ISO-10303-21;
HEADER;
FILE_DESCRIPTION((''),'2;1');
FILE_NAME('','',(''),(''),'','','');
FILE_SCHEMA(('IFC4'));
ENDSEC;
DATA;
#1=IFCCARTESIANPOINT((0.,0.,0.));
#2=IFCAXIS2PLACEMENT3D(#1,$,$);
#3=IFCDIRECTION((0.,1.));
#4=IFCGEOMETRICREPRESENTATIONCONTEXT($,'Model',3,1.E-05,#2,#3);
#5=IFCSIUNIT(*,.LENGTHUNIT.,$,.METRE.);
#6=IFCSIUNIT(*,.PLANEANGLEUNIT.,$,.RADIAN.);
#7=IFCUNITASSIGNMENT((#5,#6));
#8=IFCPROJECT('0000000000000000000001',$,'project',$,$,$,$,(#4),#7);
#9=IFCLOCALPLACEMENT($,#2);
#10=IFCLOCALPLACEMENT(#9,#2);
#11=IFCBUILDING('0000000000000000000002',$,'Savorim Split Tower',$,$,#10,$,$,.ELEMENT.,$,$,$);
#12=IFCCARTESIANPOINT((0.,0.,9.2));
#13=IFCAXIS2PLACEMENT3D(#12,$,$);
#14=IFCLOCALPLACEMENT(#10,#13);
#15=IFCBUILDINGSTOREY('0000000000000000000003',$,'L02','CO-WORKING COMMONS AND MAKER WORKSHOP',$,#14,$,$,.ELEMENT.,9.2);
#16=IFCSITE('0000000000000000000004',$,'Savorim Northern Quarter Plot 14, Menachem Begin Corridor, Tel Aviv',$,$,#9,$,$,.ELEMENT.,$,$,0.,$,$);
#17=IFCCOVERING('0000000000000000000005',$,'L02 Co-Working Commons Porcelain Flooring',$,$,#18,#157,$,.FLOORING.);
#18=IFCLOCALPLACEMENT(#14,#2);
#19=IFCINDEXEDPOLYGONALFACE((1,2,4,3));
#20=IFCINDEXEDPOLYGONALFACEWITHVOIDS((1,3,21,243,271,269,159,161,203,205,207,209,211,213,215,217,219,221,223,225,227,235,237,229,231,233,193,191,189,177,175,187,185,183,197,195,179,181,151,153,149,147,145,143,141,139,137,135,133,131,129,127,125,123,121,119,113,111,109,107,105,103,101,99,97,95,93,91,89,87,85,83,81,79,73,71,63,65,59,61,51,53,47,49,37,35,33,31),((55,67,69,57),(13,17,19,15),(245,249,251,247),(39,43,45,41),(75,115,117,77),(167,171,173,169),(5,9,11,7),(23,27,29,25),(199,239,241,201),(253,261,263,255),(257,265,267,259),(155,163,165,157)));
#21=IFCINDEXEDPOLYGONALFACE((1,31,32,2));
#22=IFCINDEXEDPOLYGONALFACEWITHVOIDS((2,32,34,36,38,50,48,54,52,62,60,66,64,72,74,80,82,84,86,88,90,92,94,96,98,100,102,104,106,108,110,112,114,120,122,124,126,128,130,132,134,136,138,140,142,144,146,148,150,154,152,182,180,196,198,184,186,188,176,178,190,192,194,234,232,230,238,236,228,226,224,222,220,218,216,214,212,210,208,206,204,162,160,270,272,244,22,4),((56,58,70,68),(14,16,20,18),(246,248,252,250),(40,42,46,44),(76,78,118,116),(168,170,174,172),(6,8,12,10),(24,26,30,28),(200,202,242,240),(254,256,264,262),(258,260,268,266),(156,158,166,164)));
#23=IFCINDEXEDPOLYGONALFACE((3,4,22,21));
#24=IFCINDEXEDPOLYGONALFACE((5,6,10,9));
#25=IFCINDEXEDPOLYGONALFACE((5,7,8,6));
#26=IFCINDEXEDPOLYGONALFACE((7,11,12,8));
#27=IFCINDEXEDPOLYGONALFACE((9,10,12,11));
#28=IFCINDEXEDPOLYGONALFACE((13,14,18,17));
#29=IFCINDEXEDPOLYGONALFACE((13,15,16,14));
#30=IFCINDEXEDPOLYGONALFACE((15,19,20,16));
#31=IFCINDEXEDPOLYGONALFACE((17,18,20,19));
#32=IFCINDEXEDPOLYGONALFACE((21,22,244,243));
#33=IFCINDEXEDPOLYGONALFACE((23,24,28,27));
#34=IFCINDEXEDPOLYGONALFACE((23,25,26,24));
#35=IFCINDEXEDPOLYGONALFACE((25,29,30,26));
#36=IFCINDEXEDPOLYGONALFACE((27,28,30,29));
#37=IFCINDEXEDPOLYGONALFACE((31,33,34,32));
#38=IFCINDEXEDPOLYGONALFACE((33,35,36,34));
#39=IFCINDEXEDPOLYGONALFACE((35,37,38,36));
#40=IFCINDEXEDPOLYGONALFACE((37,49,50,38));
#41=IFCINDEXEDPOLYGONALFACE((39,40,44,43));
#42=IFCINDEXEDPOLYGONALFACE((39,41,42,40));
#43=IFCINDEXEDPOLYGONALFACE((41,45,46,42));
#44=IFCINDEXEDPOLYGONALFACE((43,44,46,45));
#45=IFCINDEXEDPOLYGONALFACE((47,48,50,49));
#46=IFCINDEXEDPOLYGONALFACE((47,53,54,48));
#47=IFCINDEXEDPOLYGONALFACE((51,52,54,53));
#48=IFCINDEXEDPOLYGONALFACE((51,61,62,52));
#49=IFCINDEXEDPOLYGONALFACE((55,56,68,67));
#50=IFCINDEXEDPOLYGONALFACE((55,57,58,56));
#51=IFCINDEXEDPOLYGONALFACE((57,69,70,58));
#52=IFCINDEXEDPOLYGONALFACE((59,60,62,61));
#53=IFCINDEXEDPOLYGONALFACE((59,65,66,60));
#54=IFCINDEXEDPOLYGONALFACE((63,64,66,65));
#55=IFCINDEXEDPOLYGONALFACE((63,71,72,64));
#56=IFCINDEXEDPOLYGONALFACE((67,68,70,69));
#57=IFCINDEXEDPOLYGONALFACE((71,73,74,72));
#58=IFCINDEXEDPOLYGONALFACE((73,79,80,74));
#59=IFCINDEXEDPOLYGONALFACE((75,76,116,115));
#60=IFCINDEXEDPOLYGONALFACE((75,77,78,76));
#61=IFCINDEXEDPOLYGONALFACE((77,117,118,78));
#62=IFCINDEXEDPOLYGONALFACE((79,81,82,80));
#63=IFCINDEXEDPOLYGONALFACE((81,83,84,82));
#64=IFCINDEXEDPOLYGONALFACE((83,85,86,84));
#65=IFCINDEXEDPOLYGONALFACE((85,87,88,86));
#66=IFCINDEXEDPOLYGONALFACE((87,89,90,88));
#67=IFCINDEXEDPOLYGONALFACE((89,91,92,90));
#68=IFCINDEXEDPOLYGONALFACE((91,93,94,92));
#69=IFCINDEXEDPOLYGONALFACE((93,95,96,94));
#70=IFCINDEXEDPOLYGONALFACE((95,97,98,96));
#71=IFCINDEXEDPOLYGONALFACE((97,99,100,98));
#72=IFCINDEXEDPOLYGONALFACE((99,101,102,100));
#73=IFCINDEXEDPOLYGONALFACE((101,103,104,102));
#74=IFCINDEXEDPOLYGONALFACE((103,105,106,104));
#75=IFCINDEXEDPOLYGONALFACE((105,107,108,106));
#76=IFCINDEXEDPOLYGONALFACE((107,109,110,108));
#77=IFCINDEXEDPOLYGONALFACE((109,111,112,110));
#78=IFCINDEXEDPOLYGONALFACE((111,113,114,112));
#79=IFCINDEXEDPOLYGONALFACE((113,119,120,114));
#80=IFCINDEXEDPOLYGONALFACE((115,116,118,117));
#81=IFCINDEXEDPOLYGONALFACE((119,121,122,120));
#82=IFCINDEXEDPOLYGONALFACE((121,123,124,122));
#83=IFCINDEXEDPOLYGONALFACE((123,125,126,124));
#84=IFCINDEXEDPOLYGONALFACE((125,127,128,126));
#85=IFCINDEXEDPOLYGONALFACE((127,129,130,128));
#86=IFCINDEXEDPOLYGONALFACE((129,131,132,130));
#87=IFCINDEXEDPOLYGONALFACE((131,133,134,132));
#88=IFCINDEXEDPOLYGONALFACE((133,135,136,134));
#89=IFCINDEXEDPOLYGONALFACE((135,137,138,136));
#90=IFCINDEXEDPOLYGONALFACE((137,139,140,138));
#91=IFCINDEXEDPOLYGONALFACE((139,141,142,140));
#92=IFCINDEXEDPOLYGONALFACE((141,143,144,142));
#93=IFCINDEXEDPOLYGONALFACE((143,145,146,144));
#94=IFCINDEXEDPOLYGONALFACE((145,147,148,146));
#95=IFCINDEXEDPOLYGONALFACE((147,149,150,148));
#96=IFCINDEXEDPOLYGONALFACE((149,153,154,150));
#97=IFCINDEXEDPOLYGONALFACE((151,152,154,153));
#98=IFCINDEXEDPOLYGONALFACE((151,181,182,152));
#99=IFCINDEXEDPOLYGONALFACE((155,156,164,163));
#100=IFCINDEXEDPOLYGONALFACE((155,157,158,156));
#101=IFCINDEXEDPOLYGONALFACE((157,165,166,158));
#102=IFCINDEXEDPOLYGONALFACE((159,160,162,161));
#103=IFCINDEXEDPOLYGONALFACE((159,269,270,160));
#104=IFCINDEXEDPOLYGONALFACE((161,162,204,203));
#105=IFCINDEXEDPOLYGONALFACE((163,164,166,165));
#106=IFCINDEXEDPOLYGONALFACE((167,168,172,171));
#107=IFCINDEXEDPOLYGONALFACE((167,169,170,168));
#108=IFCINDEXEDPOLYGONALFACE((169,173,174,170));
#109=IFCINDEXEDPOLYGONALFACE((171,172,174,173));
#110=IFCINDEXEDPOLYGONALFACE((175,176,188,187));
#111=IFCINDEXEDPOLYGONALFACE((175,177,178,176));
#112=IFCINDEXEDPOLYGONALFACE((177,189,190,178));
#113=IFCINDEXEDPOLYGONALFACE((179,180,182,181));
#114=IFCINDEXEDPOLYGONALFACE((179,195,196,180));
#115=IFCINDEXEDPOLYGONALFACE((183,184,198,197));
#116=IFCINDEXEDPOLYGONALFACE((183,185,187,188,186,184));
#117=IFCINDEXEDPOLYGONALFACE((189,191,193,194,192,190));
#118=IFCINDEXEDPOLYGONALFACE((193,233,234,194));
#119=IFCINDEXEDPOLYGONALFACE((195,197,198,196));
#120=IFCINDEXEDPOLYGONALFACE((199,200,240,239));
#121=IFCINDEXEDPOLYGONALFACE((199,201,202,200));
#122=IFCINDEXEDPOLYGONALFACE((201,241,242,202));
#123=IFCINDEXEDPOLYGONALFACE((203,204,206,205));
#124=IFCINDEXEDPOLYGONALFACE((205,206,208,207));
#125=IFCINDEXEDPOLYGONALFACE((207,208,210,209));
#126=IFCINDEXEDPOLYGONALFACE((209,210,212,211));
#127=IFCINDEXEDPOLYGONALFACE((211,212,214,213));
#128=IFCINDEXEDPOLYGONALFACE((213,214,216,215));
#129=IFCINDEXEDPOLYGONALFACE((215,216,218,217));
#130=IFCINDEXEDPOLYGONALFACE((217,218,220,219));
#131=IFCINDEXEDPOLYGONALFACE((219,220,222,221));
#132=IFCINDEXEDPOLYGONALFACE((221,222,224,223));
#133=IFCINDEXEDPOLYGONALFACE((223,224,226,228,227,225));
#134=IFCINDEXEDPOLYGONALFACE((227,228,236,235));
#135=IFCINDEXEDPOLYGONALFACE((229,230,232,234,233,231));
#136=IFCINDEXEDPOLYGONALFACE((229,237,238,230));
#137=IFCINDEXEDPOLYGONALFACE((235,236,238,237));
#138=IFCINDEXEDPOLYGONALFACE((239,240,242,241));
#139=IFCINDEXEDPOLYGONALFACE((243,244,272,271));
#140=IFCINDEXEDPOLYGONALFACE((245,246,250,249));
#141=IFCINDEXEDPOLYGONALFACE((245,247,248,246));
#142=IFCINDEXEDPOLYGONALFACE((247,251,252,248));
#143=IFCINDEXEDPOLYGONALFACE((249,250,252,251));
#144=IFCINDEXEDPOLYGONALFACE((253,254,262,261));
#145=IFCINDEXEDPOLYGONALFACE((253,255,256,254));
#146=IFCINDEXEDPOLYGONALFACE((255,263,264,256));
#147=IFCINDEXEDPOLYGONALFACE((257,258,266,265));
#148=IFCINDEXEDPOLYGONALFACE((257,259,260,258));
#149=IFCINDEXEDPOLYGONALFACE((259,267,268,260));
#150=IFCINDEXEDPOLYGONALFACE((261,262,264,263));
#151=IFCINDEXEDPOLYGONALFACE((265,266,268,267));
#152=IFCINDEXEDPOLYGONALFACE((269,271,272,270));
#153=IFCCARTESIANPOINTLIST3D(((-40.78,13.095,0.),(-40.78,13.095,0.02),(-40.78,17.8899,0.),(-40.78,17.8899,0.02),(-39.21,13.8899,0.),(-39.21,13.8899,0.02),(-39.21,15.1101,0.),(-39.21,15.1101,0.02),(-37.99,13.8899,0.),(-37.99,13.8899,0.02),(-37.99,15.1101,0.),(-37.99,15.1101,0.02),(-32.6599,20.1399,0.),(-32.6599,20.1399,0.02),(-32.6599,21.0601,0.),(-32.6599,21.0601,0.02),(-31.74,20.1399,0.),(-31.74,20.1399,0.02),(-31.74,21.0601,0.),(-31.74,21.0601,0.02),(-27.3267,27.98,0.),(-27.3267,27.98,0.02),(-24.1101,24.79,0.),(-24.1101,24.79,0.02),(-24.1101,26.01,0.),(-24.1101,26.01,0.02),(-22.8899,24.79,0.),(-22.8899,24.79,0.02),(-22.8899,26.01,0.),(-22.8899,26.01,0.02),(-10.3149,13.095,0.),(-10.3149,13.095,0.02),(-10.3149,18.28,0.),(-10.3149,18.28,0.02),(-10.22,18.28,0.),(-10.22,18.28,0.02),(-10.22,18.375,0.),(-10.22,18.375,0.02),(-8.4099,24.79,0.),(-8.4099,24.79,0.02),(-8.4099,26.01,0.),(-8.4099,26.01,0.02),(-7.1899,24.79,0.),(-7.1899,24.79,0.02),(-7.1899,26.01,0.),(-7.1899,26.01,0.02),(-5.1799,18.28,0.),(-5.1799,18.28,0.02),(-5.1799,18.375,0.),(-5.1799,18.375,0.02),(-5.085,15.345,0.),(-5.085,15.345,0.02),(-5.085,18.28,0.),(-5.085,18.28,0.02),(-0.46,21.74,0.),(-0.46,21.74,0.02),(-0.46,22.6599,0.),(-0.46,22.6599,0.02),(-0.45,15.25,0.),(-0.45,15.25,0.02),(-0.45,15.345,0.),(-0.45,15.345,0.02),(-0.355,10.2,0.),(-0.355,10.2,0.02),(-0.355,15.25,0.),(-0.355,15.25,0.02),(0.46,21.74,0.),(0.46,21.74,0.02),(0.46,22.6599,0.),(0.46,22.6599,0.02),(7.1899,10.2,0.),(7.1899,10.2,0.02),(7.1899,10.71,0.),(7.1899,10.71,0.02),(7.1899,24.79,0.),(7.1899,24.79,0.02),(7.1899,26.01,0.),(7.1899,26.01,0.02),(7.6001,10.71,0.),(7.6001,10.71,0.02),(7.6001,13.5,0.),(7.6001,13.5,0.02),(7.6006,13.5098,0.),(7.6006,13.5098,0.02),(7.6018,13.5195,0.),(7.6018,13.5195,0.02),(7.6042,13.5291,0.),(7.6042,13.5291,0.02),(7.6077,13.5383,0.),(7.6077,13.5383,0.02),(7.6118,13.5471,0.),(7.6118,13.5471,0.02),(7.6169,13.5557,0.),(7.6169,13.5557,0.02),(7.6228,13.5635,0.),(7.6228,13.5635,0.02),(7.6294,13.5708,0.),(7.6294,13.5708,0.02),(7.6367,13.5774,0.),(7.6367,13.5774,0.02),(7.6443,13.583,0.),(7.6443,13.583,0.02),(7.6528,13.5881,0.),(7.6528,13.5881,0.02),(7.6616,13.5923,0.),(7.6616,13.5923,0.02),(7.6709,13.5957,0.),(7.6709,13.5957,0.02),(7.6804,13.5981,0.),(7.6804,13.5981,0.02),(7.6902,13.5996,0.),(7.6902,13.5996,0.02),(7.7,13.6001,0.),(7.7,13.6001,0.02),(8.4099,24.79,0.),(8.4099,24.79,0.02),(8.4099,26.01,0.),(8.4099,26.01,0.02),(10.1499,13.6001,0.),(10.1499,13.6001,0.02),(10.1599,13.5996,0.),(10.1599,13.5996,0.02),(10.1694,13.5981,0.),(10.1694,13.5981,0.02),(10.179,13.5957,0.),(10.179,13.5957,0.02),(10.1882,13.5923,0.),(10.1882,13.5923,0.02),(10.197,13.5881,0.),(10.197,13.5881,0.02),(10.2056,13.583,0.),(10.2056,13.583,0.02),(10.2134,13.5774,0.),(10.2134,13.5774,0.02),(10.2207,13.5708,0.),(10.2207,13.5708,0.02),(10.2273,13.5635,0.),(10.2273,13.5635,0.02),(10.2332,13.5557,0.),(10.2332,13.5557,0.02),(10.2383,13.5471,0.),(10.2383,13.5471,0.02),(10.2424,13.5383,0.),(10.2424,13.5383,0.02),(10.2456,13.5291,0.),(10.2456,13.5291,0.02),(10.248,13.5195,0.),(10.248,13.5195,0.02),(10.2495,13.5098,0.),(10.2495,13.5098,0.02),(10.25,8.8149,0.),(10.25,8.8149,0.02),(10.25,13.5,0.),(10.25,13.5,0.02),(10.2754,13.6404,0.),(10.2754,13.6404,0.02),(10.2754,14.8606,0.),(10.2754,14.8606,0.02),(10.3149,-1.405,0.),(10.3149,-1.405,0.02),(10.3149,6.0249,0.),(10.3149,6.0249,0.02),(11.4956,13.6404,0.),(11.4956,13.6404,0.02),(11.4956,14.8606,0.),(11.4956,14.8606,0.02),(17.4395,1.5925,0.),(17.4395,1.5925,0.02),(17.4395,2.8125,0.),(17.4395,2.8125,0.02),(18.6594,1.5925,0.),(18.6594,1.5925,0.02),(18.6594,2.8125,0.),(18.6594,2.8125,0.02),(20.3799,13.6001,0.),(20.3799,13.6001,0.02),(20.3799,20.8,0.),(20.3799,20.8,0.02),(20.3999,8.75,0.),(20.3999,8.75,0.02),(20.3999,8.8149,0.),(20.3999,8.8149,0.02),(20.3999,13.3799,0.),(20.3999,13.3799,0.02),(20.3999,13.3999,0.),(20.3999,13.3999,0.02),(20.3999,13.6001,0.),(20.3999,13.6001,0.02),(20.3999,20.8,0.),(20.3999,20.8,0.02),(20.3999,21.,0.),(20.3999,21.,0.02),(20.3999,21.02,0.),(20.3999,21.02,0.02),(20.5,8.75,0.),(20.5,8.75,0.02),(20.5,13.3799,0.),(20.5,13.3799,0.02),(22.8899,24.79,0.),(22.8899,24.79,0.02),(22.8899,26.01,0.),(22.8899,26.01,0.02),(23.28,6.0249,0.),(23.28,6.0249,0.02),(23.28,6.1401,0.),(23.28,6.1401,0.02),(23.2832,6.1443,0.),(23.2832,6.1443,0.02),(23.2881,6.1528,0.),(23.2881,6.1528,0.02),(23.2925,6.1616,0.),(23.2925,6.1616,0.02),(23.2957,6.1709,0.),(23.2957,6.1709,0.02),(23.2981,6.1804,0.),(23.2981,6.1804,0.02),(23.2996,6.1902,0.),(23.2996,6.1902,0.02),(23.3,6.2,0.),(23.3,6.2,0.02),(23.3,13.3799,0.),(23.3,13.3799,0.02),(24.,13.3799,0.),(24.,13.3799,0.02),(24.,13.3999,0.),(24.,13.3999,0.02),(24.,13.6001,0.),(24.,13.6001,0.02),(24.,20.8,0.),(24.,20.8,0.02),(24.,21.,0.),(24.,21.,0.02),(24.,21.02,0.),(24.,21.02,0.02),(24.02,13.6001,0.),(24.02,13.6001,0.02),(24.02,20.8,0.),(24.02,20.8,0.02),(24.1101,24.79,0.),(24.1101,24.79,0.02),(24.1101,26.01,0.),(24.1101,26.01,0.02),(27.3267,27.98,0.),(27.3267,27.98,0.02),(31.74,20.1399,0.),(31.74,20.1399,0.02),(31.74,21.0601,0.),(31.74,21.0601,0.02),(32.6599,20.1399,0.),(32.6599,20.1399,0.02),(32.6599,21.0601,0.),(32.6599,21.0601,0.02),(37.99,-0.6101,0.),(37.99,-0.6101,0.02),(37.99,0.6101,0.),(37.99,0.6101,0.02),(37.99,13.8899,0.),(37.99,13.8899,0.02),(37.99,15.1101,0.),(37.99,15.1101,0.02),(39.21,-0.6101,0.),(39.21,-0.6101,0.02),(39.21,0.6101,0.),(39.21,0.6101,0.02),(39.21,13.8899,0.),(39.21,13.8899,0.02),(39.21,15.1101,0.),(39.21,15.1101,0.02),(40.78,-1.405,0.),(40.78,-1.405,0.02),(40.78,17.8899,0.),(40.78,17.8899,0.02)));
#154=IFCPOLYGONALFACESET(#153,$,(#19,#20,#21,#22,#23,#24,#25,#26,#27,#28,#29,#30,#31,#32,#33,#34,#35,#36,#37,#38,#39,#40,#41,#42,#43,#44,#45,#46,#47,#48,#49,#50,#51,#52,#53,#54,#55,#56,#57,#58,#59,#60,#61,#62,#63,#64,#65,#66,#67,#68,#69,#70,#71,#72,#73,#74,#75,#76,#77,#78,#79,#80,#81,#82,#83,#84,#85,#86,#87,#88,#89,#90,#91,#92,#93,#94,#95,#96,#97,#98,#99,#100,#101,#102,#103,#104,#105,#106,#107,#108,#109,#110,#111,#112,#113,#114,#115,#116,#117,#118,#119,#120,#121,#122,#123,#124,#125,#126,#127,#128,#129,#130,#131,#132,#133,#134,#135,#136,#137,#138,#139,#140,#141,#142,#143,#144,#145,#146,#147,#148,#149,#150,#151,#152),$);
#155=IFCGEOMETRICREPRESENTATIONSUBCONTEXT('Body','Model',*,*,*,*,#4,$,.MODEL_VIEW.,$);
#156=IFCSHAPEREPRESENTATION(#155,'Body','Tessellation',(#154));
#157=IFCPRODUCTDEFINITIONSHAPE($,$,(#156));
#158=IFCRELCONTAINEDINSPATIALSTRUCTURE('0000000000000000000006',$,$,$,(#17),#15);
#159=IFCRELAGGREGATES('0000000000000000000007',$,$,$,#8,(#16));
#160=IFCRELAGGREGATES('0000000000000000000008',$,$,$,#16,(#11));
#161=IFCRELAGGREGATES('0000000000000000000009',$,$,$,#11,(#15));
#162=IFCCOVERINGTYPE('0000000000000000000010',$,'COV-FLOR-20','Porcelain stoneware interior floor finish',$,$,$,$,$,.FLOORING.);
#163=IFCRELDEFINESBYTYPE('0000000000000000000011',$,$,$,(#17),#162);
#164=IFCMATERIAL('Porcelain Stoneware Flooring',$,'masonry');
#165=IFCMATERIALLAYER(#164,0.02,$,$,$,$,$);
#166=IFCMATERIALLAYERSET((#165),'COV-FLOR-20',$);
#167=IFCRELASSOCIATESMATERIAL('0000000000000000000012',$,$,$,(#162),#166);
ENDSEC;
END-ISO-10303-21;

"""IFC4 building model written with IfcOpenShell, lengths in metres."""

from ifc_helpers import new_model, si_unit, direction, frame, origin, place, context, subcontext, project, spatial, polyline, outline, extrude, material, layer, layer_set, type_object, element, save


model = new_model("IFC4")

# Units and contexts
model_context = context("Model", 3, precision=1e-05, world=origin(), true_north=direction((0.0, 1.0)))
body_context = subcontext(model_context, "Body", "Model", "MODEL_VIEW")
ifc_project = project(units=[si_unit("LENGTHUNIT", "METRE"), si_unit("PLANEANGLEUNIT", "RADIAN")], contexts=[model_context])

# Site, building, storey
site_placement = place(None, origin())
site = spatial("IfcSite", under=ifc_project, at=site_placement, Name="Savorim Northern Quarter Plot 14, Menachem Begin Corridor, Tel Aviv", CompositionType="ELEMENT", RefElevation=0.0)
building_placement = place(site_placement, origin())
building = spatial("IfcBuilding", under=site, at=building_placement, Name="Savorim Split Tower", CompositionType="ELEMENT")
storey_placement = place(building_placement, frame((0.0, 0.0, 9.2)))
storey = spatial("IfcBuildingStorey", under=building, at=storey_placement, Name="L02", Description="CO-WORKING COMMONS AND MAKER WORKSHOP", CompositionType="ELEMENT", Elevation=9.2)

# Covering
ifc_material_1 = material(Name="Porcelain Stoneware Flooring", Category="masonry")
ifc_layer_1 = layer(ifc_material_1, 0.02)
ifc_layer_set_1 = layer_set([ifc_layer_1], Name="COV-FLOR-20")
covering_type_1 = type_object("IfcCoveringType", Name="COV-FLOR-20", Description="Porcelain stoneware interior floor finish", PredefinedType="FLOORING", material=ifc_layer_set_1)
covering_1_placement = place(storey_placement, origin())
element("IfcCovering", 1, at=covering_1_placement, inside=storey, type_object=covering_type_1, Name="L02 Co-Working Commons Porcelain Flooring", PredefinedType="FLOORING", context=body_context, shape_type="SweptSolid", body=[
    extrude(outline(polyline([(27.3267, 27.98), (-27.3267, 27.98), (-40.78, 17.8899), (-40.78, 13.095), (-10.3149, 13.095), (-10.3149, 18.28), (-10.22, 18.28), (-10.22, 18.375), (-5.1799, 18.375), (-5.1799, 18.28), (-5.085, 18.28), (-5.085, 15.345), (-0.45, 15.345), (-0.45, 15.25), (-0.355, 15.25), (-0.355, 10.2), (7.1899, 10.2), (7.1899, 10.71), (7.6001, 10.71), (7.6001, 13.5), (7.6006, 13.5098), (7.6018, 13.5195), (7.6042, 13.5291), (7.6077, 13.5383), (7.6118, 13.5471), (7.6169, 13.5557), (7.6228, 13.5635), (7.6294, 13.5708), (7.6367, 13.5774), (7.6443, 13.583), (7.6528, 13.5881), (7.6616, 13.5923), (7.6709, 13.5957), (7.6804, 13.5981), (7.6902, 13.5996), (7.7, 13.6001), (10.1499, 13.6001), (10.1599, 13.5996), (10.1694, 13.5981), (10.179, 13.5957), (10.1882, 13.5923), (10.197, 13.5881), (10.2056, 13.583), (10.2134, 13.5774), (10.2207, 13.5708), (10.2273, 13.5635), (10.2332, 13.5557), (10.2383, 13.5471), (10.2424, 13.5383), (10.2456, 13.5291), (10.248, 13.5195), (10.2495, 13.5098), (10.25, 13.5), (10.25, 8.8149), (20.3999, 8.8149), (20.3999, 8.75), (20.5, 8.75), (20.5, 13.3799), (20.3999, 13.3799), (20.3999, 13.3999), (20.3999, 13.6001), (20.3799, 13.6001), (20.3799, 20.8), (20.3999, 20.8), (20.3999, 21.0), (20.3999, 21.02), (24.0, 21.02), (24.0, 21.0), (24.0, 20.8), (24.02, 20.8), (24.02, 13.6001), (24.0, 13.6001), (24.0, 13.3999), (24.0, 13.3799), (23.3, 13.3799), (23.3, 6.2), (23.2996, 6.1902), (23.2981, 6.1804), (23.2957, 6.1709), (23.2925, 6.1616), (23.2881, 6.1528), (23.2832, 6.1443), (23.28, 6.1401), (23.28, 6.0249), (10.3149, 6.0249), (10.3149, -1.405), (40.78, -1.405), (40.78, 17.8899), (27.3267, 27.98)]), holes=[polyline([(37.99, 0.6101), (37.99, -0.6101), (39.21, -0.6101), (39.21, 0.6101), (37.99, 0.6101)]), polyline([(37.99, 13.8899), (39.21, 13.8899), (39.21, 15.1101), (37.99, 15.1101), (37.99, 13.8899)]), polyline([(22.8899, 24.79), (24.1101, 24.79), (24.1101, 26.01), (22.8899, 26.01), (22.8899, 24.79)]), polyline([(7.1899, 24.79), (8.4099, 24.79), (8.4099, 26.01), (7.1899, 26.01), (7.1899, 24.79)]), polyline([(-7.1899, 24.79), (-7.1899, 26.01), (-8.4099, 26.01), (-8.4099, 24.79), (-7.1899, 24.79)]), polyline([(-22.8899, 26.01), (-24.1101, 26.01), (-24.1101, 24.79), (-22.8899, 24.79), (-22.8899, 26.01)]), polyline([(-37.99, 15.1101), (-39.21, 15.1101), (-39.21, 13.8899), (-37.99, 13.8899), (-37.99, 15.1101)]), polyline([(18.6594, 2.8125), (17.4395, 2.8125), (17.4395, 1.5925), (18.6594, 1.5925), (18.6594, 2.8125)]), polyline([(10.2754, 14.8606), (10.2754, 13.6404), (11.4956, 13.6404), (11.4956, 14.8606), (10.2754, 14.8606)]), polyline([(31.74, 20.1399), (32.6599, 20.1399), (32.6599, 21.0601), (31.74, 21.0601), (31.74, 20.1399)]), polyline([(-31.74, 20.1399), (-31.74, 21.0601), (-32.6599, 21.0601), (-32.6599, 20.1399), (-31.74, 20.1399)]), polyline([(-0.46, 22.6599), (-0.46, 21.74), (0.46, 21.74), (0.46, 22.6599), (-0.46, 22.6599)])]), origin(), (0.0, 0.0, 1.0), 0.02),
])

save(model, "model.ifc")
